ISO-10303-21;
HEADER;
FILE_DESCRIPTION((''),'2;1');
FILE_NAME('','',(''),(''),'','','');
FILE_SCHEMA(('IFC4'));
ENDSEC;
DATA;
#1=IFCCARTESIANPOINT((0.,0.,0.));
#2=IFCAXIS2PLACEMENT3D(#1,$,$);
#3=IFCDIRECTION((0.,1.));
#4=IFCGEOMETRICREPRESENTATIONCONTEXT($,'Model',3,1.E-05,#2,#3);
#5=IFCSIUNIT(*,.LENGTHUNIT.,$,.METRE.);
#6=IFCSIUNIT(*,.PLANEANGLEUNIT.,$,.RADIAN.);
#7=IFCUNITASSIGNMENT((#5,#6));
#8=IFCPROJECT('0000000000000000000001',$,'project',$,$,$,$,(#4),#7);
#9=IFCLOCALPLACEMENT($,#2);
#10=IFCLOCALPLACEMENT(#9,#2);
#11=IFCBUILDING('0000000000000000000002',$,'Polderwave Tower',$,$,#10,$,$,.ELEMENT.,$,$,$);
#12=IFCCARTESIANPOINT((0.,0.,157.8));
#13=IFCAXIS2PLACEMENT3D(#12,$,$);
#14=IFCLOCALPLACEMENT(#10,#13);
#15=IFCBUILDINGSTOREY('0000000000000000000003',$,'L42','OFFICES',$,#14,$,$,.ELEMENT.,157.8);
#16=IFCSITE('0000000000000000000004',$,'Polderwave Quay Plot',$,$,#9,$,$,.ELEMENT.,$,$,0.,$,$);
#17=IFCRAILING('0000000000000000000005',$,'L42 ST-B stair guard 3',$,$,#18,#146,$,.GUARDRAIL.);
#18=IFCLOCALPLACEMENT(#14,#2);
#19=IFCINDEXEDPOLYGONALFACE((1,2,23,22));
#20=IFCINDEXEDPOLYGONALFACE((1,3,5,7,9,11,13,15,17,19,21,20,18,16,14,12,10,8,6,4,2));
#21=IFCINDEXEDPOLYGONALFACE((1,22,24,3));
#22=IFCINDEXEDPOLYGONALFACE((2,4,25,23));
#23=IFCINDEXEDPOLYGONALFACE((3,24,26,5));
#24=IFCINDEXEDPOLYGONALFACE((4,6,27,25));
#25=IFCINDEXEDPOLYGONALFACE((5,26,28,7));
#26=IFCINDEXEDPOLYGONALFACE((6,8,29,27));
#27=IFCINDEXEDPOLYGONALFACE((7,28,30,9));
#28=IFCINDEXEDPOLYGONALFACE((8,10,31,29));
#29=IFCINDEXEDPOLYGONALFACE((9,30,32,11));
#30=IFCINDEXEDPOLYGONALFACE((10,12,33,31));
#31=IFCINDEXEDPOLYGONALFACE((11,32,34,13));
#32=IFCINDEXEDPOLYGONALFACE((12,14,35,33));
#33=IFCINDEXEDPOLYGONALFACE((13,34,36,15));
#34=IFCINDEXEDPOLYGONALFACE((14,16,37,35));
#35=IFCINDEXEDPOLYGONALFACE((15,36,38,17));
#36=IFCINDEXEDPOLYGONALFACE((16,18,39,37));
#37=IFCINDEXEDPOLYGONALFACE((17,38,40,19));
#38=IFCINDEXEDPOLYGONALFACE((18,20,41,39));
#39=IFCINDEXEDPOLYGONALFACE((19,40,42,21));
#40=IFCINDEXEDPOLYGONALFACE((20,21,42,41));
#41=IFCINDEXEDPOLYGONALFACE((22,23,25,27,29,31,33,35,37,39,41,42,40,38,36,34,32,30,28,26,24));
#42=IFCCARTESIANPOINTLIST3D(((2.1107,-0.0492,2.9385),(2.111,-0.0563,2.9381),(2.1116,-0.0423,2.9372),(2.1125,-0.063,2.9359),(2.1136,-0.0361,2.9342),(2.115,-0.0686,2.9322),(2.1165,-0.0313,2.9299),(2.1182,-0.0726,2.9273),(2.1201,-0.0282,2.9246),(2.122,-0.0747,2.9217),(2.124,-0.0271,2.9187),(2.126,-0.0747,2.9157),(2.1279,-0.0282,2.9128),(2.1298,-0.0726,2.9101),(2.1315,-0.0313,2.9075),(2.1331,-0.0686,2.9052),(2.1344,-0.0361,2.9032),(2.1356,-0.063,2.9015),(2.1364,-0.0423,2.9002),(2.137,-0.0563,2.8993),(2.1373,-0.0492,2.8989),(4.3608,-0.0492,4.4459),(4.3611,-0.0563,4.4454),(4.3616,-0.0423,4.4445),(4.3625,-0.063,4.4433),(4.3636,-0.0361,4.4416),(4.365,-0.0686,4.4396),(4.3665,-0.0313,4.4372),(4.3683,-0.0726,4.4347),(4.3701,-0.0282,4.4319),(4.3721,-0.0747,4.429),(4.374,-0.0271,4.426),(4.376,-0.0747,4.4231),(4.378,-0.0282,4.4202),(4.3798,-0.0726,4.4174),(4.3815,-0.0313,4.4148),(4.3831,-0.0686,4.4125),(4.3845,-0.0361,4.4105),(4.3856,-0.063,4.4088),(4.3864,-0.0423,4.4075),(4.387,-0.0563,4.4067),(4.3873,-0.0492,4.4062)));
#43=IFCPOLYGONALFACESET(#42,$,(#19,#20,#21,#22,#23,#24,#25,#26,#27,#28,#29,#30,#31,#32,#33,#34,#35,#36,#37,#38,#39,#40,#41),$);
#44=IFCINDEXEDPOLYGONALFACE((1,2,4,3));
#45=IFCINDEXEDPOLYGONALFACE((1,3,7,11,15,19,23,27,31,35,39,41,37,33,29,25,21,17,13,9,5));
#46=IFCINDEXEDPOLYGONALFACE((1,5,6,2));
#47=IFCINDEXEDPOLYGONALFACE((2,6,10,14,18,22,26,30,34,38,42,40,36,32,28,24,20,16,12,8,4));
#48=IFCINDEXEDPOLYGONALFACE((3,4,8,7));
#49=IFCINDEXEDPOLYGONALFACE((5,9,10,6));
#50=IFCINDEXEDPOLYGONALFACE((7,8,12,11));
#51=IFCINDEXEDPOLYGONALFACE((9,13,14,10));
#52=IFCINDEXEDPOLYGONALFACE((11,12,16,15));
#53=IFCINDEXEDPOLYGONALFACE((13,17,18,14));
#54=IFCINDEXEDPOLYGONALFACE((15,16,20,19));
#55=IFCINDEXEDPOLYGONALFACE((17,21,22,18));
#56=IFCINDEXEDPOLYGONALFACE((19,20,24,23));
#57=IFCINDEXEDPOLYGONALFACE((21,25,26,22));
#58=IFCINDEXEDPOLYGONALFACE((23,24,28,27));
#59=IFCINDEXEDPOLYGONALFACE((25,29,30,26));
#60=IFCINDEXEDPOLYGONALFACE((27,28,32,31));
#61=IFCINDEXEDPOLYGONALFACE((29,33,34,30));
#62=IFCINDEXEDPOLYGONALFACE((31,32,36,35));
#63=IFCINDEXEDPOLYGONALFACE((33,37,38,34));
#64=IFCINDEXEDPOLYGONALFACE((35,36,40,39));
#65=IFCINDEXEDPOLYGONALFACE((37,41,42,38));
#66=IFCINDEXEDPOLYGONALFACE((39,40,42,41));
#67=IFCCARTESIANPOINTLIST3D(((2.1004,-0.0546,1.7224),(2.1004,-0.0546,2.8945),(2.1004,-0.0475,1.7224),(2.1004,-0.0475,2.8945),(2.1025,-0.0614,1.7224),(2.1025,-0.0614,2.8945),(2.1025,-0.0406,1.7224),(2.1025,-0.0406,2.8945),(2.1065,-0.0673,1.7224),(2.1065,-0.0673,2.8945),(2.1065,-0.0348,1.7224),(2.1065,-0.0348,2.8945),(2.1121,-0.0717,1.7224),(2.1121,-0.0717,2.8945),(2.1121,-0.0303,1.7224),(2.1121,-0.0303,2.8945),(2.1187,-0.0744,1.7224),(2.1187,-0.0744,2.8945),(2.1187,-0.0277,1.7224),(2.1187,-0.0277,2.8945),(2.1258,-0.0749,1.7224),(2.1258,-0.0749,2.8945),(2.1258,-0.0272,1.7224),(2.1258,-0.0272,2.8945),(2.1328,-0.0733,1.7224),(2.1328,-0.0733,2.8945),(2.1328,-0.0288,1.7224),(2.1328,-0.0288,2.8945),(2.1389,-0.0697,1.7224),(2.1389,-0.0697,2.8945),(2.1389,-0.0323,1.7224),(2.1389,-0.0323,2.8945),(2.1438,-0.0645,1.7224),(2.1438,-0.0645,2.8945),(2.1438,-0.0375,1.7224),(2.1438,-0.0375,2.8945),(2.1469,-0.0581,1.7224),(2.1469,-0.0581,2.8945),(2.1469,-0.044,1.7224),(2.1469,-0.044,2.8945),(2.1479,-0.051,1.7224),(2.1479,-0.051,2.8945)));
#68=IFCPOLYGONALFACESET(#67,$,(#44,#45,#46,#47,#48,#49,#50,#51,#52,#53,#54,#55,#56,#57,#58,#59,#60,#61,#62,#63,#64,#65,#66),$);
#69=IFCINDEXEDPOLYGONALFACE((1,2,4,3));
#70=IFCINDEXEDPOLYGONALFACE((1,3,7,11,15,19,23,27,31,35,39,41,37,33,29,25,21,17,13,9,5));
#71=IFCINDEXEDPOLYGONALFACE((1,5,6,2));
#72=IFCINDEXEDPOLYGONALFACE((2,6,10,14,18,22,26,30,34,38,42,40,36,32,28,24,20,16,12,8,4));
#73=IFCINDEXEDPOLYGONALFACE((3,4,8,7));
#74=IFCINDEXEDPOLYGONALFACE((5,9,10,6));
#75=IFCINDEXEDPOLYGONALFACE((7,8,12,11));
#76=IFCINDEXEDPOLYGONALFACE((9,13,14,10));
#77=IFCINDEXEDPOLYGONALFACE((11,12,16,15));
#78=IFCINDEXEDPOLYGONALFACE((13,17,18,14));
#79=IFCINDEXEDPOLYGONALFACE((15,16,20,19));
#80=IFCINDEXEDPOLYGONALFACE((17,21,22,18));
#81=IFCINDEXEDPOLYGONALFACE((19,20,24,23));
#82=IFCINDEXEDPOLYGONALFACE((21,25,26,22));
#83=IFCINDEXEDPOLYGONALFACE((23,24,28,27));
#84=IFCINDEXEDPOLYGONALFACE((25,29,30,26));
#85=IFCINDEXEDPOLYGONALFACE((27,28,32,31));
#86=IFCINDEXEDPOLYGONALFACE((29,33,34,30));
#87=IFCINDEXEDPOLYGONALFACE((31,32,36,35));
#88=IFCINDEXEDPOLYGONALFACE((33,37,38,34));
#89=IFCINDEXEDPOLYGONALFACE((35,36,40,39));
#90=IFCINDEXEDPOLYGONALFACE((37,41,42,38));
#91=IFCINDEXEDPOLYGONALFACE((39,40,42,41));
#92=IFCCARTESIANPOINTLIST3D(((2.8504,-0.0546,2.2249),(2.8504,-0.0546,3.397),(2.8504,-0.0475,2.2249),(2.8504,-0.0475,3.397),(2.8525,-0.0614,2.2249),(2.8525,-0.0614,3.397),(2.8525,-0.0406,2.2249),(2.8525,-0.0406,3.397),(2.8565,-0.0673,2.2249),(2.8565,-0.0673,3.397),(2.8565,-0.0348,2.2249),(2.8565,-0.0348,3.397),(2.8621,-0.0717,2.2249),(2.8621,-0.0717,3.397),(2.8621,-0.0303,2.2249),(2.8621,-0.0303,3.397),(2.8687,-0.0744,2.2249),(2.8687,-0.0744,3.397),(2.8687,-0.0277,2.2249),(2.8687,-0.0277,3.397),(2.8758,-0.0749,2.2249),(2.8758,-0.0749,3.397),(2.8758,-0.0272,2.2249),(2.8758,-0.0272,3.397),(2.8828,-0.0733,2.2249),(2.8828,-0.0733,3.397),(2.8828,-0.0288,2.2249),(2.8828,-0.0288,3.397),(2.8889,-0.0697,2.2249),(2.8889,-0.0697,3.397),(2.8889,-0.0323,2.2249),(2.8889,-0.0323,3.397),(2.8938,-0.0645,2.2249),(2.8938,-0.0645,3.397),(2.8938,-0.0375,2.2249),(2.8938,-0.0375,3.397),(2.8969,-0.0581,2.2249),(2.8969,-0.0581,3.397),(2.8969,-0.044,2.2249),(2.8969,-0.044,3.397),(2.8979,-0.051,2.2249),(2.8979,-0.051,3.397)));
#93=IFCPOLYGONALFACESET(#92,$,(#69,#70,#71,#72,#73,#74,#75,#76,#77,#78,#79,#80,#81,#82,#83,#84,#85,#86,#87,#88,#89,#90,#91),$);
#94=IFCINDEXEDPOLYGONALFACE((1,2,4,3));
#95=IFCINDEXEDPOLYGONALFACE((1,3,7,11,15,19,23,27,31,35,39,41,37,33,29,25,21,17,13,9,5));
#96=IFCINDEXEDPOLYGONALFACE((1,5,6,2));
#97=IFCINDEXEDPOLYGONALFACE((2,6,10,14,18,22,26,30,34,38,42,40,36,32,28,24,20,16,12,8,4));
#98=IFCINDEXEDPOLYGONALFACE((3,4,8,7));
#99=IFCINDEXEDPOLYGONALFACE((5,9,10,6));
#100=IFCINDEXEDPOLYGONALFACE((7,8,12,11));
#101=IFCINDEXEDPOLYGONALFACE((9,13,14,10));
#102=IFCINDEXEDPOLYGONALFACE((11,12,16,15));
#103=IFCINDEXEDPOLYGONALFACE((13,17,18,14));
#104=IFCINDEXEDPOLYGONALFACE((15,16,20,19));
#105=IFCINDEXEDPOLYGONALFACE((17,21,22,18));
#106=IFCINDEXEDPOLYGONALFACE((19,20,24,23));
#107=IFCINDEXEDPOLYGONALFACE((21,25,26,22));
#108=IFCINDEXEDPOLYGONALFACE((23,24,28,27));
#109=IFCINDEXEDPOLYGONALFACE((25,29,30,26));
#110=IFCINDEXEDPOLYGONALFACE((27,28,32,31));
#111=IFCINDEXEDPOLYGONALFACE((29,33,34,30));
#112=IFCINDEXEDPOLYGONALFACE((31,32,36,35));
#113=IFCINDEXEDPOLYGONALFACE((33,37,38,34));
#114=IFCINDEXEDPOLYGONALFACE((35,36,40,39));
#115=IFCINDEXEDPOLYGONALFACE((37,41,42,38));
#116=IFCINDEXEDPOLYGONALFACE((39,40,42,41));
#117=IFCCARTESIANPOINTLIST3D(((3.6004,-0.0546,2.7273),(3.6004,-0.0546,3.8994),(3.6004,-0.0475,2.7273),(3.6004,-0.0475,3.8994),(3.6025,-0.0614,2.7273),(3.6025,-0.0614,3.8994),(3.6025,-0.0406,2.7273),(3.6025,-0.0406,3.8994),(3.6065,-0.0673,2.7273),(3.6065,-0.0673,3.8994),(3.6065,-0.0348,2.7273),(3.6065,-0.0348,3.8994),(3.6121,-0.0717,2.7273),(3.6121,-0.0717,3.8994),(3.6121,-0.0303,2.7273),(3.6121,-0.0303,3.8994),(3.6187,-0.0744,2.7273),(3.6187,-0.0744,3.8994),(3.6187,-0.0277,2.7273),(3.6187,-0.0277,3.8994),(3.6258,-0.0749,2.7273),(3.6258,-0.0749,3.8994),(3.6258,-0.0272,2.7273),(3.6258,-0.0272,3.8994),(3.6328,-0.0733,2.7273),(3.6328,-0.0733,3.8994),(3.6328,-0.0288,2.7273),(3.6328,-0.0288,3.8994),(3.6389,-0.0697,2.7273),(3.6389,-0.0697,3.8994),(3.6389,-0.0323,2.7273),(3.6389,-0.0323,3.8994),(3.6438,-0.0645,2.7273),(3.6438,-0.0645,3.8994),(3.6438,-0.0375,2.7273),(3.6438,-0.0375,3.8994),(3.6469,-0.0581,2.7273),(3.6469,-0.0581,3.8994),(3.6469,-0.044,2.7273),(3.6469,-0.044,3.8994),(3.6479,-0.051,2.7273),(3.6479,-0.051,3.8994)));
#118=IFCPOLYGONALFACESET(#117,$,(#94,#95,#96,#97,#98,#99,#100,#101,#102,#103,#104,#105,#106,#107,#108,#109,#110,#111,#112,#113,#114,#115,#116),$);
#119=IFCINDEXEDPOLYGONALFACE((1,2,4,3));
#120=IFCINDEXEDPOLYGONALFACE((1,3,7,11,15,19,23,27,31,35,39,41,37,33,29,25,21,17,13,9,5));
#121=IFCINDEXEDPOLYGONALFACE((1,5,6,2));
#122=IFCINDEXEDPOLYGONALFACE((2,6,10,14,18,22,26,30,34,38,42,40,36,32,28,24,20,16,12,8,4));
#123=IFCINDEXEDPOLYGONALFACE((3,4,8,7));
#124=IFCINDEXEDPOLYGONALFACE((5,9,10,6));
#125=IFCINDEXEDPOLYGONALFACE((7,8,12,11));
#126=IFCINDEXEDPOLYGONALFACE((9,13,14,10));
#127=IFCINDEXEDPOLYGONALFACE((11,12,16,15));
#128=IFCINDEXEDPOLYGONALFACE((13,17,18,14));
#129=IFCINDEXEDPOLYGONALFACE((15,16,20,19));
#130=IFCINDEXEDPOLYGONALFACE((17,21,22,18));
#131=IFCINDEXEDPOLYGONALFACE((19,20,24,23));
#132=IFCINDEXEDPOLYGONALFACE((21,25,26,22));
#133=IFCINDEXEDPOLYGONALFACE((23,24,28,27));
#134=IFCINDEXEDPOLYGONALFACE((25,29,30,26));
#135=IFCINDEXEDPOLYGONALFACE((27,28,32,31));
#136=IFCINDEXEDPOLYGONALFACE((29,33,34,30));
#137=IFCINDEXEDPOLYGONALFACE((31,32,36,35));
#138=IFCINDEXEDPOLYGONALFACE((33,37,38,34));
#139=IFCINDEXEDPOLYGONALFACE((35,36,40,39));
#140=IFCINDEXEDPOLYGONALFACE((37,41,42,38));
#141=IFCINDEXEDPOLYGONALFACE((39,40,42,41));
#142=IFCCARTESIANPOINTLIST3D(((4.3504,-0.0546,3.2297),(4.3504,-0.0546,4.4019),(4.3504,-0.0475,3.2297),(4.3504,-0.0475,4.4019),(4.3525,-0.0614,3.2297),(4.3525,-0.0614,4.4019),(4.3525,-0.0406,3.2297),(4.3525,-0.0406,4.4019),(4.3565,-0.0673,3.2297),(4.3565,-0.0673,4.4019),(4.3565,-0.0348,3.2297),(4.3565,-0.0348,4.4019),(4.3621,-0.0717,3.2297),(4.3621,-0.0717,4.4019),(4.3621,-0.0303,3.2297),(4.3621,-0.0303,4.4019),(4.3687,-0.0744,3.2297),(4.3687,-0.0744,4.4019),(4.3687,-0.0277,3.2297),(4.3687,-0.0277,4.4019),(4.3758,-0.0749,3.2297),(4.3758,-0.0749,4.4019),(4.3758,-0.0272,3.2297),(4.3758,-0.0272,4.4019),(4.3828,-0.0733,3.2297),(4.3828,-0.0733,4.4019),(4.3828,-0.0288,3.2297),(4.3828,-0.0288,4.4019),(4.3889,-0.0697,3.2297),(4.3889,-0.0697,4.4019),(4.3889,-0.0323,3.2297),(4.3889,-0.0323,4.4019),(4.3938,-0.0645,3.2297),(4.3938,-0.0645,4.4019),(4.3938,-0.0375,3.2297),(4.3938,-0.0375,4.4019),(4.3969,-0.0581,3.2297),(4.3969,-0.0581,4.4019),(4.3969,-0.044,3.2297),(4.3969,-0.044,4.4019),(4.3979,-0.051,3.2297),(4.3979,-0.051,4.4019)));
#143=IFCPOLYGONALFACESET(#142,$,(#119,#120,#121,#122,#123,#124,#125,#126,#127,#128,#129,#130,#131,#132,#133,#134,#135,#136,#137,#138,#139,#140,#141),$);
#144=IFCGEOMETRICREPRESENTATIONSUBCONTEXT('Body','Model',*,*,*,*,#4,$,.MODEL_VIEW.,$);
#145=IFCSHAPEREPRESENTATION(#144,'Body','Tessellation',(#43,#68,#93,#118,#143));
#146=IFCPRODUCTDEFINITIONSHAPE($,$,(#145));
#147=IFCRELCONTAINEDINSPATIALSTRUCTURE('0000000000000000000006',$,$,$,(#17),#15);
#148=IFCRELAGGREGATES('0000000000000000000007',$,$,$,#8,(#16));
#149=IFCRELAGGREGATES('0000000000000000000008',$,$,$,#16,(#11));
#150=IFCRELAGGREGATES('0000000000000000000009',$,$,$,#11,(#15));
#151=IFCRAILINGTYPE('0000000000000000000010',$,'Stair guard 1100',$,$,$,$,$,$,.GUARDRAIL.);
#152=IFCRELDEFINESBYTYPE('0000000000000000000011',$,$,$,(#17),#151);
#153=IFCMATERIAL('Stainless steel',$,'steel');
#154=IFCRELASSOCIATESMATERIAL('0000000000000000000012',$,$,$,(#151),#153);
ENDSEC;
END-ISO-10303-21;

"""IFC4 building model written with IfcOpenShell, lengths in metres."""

from ifc_helpers import new_model, si_unit, direction, frame, origin, origin_2d, place, context, subcontext, project, spatial, circle, extrude, material, type_object, element, save


model = new_model("IFC4")

# Units and contexts
model_context = context("Model", 3, precision=1e-05, world=origin(), true_north=direction((0.0, 1.0)))
body_context = subcontext(model_context, "Body", "Model", "MODEL_VIEW")
ifc_project = project(units=[si_unit("LENGTHUNIT", "METRE"), si_unit("PLANEANGLEUNIT", "RADIAN")], contexts=[model_context])

# Site, building, storey
site_placement = place(None, origin())
site = spatial("IfcSite", under=ifc_project, at=site_placement, Name="Polderwave Quay Plot", CompositionType="ELEMENT", RefElevation=0.0)
building_placement = place(site_placement, origin())
building = spatial("IfcBuilding", under=site, at=building_placement, Name="Polderwave Tower", CompositionType="ELEMENT")
storey_placement = place(building_placement, frame((0.0, 0.0, 157.8)))
storey = spatial("IfcBuildingStorey", under=building, at=storey_placement, Name="L42", Description="OFFICES", CompositionType="ELEMENT", Elevation=157.8)

# Railing
ifc_material_1 = material(Name="Stainless steel", Category="steel")
railing_type_1 = type_object("IfcRailingType", Name="Stair guard 1100", PredefinedType="GUARDRAIL", material=ifc_material_1)
railing_1_placement = place(storey_placement, frame((2.124, -0.051, 1.7224)))
element("IfcRailing", 1, at=railing_1_placement, inside=storey, type_object=railing_type_1, Name="L42 ST-B stair guard 3", PredefinedType="GUARDRAIL", context=body_context, shape_type="SweptSolid", body=[
    extrude(circle(Radius=0.0239, at=origin_2d()), frame((0.0, 0.0, 1.1963), z_axis=(0.8308, 0.0, 0.556571), x_axis=(0.0, 1.0, 0.0)), (0.0, 0.0, 1.0), 2.7083),
    extrude(circle(Radius=0.0239, at=origin_2d()), origin(), (0.0, 0.0, 1.0), 1.1721),
    extrude(circle(Radius=0.0239, at=origin_2d()), frame((0.75, 0.0, 0.5024)), (0.0, 0.0, 1.0), 1.1721),
    extrude(circle(Radius=0.0239, at=origin_2d()), frame((1.5, 0.0, 1.0049)), (0.0, 0.0, 1.0), 1.1721),
    extrude(circle(Radius=0.0239, at=origin_2d()), frame((2.25, 0.0, 1.5073)), (0.0, 0.0, 1.0), 1.1721),
])

save(model, "model.ifc")
